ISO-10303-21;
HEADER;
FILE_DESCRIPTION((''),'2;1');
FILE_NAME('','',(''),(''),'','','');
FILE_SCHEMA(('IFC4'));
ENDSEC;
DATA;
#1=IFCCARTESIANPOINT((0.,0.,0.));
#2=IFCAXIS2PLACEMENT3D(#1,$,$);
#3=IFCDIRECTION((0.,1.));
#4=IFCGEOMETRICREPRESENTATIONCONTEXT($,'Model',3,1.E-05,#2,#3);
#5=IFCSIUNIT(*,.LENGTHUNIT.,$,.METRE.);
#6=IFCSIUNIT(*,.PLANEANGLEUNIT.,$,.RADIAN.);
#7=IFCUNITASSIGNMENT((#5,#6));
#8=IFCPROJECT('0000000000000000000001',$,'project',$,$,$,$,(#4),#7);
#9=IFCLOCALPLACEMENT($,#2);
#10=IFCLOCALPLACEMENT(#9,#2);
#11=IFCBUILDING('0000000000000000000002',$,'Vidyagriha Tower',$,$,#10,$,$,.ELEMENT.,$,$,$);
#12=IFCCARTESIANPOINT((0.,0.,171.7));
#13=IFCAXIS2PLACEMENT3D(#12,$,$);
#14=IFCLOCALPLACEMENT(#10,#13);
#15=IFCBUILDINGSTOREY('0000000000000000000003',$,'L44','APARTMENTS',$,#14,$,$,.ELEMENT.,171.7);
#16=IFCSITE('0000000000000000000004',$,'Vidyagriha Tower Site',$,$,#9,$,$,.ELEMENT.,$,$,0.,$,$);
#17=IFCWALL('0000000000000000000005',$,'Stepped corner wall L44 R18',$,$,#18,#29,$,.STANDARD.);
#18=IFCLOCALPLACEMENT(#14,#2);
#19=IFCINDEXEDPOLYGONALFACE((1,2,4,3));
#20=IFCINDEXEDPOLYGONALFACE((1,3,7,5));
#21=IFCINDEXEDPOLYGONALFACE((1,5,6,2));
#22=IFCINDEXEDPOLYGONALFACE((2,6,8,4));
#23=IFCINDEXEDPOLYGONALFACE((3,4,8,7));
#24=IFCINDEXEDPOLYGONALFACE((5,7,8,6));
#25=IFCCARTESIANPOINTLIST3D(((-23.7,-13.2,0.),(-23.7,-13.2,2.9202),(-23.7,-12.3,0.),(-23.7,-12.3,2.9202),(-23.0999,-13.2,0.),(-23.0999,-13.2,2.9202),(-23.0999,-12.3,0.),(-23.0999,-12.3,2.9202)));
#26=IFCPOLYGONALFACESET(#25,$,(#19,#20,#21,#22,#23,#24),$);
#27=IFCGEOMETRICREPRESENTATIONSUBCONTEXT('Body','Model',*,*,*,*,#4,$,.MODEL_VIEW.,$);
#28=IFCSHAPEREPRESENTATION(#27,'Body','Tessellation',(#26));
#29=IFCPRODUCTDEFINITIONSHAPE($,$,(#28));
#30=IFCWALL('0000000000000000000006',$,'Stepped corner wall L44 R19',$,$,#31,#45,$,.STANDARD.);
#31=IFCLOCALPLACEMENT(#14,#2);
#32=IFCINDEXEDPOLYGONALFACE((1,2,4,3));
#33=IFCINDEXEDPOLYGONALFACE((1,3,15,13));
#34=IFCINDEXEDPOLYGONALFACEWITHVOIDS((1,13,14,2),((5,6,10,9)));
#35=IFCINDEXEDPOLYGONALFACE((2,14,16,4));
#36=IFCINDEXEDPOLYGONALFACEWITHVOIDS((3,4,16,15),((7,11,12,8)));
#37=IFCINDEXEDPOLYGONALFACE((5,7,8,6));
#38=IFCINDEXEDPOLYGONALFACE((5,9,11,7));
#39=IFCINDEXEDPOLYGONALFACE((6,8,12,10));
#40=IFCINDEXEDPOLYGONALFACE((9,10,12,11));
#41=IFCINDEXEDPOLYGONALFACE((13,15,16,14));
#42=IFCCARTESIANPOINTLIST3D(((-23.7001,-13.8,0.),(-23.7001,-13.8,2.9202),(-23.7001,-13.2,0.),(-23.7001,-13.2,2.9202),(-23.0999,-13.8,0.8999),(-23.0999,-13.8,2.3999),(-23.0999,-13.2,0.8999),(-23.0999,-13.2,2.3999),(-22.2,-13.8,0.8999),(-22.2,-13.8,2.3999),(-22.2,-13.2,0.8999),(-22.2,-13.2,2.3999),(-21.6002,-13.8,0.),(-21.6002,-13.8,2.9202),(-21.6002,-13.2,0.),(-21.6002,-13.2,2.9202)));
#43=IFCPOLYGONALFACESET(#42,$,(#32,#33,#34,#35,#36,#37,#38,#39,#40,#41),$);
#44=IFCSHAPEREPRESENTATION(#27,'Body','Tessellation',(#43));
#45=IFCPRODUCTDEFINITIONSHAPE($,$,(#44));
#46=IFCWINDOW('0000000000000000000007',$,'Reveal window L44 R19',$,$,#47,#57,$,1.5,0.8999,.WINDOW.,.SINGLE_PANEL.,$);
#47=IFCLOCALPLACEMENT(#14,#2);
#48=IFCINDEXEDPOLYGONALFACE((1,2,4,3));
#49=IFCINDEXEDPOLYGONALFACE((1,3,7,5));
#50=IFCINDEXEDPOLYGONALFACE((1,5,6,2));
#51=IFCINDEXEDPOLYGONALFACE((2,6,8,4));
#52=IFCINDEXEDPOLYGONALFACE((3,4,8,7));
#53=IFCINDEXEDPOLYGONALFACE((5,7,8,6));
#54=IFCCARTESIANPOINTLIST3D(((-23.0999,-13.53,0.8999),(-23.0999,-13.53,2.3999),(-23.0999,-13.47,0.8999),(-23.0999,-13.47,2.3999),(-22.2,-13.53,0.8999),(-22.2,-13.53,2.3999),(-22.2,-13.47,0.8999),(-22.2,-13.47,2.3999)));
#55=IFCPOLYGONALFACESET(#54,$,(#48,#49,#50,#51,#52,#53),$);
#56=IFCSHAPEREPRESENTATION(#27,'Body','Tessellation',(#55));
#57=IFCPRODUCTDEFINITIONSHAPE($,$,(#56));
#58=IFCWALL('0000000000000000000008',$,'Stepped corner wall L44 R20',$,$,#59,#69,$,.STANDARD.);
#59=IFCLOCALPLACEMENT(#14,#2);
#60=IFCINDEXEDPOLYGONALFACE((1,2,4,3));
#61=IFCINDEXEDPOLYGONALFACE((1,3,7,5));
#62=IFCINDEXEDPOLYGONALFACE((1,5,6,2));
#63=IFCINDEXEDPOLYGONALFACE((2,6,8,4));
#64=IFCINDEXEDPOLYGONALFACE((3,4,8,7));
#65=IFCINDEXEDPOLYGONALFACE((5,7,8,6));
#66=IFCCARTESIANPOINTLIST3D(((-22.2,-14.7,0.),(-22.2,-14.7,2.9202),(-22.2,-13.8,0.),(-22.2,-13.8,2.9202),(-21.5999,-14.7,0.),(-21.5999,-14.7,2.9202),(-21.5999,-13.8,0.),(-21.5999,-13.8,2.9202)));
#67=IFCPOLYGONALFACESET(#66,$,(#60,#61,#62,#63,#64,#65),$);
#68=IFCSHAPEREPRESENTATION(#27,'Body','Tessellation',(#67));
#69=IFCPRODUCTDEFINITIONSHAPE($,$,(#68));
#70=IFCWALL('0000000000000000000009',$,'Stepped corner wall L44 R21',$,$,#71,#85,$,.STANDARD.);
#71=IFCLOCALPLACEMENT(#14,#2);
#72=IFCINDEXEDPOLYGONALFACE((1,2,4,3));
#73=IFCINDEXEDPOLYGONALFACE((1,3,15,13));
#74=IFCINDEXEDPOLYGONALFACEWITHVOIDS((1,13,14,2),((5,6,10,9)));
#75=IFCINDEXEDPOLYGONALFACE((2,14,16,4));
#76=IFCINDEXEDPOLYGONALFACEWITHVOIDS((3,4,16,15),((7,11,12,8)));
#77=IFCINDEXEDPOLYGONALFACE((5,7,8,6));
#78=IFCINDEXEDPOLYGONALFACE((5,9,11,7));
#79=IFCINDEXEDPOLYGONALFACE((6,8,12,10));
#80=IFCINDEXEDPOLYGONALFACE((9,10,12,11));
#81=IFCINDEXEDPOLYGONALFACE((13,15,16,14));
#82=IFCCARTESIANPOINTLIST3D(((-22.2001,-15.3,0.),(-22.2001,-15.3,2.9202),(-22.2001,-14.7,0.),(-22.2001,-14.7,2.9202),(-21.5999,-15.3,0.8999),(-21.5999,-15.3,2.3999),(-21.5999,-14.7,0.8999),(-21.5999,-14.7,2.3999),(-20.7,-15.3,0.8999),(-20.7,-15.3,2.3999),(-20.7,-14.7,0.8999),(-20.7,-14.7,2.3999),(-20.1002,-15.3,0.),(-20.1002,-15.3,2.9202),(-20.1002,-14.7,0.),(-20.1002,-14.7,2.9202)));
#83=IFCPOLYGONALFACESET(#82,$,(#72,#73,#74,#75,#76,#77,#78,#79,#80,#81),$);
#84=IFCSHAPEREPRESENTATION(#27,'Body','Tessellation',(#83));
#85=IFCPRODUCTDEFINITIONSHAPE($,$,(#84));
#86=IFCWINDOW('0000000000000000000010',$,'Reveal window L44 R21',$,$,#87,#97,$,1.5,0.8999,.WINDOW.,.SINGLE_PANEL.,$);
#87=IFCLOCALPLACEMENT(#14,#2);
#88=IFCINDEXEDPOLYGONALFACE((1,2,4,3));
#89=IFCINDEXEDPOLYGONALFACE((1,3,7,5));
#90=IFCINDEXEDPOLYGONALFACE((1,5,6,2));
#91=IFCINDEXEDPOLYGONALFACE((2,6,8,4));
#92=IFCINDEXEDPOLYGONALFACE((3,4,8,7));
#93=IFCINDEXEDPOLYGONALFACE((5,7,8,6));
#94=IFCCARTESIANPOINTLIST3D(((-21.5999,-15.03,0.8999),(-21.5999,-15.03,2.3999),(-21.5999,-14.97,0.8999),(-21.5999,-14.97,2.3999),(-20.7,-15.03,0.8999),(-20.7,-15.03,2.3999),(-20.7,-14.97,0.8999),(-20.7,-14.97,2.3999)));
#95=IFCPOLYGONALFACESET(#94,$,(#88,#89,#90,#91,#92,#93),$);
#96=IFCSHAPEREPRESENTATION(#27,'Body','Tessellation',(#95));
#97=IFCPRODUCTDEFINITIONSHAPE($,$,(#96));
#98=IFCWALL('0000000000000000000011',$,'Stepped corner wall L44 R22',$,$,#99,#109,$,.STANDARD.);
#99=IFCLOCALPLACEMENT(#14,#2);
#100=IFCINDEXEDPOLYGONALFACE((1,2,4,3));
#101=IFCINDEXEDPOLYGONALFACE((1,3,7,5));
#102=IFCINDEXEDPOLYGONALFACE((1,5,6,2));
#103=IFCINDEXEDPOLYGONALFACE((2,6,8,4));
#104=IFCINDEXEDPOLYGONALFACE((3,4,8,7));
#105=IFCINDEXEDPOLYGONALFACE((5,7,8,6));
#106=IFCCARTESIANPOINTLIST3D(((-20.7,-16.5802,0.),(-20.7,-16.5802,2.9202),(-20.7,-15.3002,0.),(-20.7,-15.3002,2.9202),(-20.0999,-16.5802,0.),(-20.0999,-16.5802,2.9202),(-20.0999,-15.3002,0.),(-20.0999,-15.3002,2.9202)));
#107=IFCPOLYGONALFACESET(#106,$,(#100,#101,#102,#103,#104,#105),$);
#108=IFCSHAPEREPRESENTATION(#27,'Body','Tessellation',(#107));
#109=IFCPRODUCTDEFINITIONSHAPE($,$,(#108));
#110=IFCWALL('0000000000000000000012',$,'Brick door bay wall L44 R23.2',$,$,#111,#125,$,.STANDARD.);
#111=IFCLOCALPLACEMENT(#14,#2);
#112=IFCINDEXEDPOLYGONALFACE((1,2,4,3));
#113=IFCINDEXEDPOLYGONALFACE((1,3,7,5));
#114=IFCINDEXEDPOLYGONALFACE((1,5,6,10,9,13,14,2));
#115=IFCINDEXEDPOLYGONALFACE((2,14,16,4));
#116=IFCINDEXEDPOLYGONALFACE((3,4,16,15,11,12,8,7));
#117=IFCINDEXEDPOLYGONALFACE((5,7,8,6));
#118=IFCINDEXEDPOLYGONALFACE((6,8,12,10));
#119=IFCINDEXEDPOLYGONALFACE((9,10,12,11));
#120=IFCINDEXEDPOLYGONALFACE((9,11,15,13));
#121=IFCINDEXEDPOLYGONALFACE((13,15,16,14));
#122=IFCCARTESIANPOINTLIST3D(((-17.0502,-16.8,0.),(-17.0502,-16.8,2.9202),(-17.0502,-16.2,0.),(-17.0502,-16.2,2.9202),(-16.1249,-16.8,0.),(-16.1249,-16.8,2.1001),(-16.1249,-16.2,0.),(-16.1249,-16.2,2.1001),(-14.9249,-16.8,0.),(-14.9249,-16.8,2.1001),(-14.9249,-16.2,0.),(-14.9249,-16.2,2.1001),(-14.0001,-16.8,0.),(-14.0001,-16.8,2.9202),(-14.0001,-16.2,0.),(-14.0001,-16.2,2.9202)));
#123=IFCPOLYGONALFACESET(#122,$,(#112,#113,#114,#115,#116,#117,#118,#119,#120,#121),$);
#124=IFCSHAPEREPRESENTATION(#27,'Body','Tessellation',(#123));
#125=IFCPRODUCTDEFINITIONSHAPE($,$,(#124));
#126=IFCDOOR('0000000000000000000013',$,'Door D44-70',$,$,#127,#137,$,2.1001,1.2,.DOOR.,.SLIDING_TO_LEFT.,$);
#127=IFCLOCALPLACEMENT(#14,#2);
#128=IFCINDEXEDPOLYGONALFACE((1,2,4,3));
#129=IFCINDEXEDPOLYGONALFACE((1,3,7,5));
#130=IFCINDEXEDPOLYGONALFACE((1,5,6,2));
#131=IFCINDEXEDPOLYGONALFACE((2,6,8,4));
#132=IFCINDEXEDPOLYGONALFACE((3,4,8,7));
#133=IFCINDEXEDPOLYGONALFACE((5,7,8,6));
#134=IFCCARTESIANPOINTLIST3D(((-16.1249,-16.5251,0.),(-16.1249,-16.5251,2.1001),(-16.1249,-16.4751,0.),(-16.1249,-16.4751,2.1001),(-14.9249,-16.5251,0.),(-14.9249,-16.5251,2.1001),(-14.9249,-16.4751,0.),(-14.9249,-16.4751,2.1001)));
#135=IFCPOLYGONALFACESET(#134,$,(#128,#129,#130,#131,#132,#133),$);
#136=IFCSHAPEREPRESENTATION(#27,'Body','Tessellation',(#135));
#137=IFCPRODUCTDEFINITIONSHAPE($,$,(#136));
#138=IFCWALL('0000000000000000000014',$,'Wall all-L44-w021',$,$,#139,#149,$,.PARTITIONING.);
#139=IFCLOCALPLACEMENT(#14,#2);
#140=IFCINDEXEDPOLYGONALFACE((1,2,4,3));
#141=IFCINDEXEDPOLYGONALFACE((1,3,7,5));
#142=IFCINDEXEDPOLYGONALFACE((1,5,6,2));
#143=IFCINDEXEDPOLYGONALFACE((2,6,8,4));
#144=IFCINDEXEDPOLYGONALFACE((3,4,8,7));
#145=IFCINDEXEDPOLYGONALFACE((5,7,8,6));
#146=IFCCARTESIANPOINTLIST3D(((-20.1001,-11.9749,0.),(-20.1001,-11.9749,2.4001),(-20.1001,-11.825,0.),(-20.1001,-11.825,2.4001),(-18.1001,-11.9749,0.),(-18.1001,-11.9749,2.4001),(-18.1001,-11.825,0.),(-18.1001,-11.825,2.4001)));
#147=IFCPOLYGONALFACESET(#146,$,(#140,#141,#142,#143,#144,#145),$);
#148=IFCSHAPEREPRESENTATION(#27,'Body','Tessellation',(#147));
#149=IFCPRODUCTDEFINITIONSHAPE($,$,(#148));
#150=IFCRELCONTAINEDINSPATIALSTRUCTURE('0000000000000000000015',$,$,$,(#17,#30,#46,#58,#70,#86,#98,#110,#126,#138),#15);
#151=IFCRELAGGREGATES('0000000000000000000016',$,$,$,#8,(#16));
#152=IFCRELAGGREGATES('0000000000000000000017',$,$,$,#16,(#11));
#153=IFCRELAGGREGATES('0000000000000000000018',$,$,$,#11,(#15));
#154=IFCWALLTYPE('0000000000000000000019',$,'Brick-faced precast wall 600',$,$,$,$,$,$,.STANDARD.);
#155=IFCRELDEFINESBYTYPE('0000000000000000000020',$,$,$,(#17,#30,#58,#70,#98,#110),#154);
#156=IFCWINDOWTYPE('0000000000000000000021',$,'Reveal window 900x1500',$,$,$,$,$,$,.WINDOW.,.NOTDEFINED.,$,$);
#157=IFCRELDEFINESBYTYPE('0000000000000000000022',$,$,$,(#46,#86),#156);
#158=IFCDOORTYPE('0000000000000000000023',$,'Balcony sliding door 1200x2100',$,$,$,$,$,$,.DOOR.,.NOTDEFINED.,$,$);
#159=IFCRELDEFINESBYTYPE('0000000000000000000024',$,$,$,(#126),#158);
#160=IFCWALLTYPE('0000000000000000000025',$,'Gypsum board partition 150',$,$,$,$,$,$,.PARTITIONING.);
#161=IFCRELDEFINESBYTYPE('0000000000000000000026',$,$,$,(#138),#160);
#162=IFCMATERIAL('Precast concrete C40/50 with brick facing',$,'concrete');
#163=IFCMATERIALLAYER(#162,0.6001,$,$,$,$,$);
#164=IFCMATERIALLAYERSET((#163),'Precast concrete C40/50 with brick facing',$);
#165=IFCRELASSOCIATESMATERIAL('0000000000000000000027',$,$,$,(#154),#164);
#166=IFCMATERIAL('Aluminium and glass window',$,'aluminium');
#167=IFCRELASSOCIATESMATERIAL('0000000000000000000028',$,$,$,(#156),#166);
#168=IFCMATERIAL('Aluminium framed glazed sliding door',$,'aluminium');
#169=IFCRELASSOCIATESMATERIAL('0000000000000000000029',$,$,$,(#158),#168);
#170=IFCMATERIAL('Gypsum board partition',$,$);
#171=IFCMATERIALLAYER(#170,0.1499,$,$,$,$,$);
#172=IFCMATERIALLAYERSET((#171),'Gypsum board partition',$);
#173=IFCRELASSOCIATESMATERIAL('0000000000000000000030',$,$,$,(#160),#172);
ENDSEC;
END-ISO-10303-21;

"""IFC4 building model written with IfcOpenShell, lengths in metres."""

from ifc_helpers import new_model, si_unit, direction, frame, frame_2d, origin, place, context, subcontext, project, spatial, rectangle, extrude, material, layer, layer_set, type_object, element, fill, save


model = new_model("IFC4")

# Units and contexts
model_context = context("Model", 3, precision=1e-05, world=origin(), true_north=direction((0.0, 1.0)))
body_context = subcontext(model_context, "Body", "Model", "MODEL_VIEW")
ifc_project = project(units=[si_unit("LENGTHUNIT", "METRE"), si_unit("PLANEANGLEUNIT", "RADIAN")], contexts=[model_context])

# Site, building, storey
site_placement = place(None, origin())
site = spatial("IfcSite", under=ifc_project, at=site_placement, Name="Vidyagriha Tower Site", CompositionType="ELEMENT", RefElevation=0.0)
building_placement = place(site_placement, origin())
building = spatial("IfcBuilding", under=site, at=building_placement, Name="Vidyagriha Tower", CompositionType="ELEMENT")
storey_placement = place(building_placement, frame((0.0, 0.0, 171.7)))
storey = spatial("IfcBuildingStorey", under=building, at=storey_placement, Name="L44", Description="APARTMENTS", CompositionType="ELEMENT", Elevation=171.7)

# Shared definitions
ifc_material_1 = material(Name="Precast concrete C40/50 with brick facing", Category="concrete")
ifc_layer_1 = layer(ifc_material_1, 0.6001)
ifc_layer_set_1 = layer_set([ifc_layer_1], Name="Precast concrete C40/50 with brick facing")
wall_type_1 = type_object("IfcWallType", Name="Brick-faced precast wall 600", PredefinedType="STANDARD", material=ifc_layer_set_1)
ifc_material_2 = material(Name="Aluminium and glass window", Category="aluminium")
window_type = type_object("IfcWindowType", Name="Reveal window 900x1500", PartitioningType="NOTDEFINED", PredefinedType="WINDOW", material=ifc_material_2)

# Wall
wall_1_placement = place(storey_placement, frame((-23.3999, -12.3, 0.0), z_axis=(0.0, 0.0, 1.0), x_axis=(0.0, -1.0, 0.0)))
element("IfcWall", 1, at=wall_1_placement, inside=storey, type_object=wall_type_1, Name="Stepped corner wall L44 R18", PredefinedType="STANDARD", context=body_context, shape_type="SweptSolid", body=[
    extrude(rectangle(XDim=0.8999, YDim=0.6001, at=frame_2d((0.45, 0.0))), origin(), (0.0, 0.0, 1.0), 2.9202),
])

# Wall, opening, window
wall_2_placement = place(storey_placement, frame((-23.7, -13.5, 0.0)))
wall_2 = element("IfcWall", 2, at=wall_2_placement, inside=storey, type_object=wall_type_1, Name="Stepped corner wall L44 R19", PredefinedType="STANDARD", context=body_context, shape_type="SweptSolid", body=[
    extrude(rectangle(XDim=2.0999, YDim=0.6001, at=frame_2d((1.0498, 0.0))), origin(), (0.0, 0.0, 1.0), 2.9202),
])
opening_1_placement = place(wall_2_placement, frame((0.6001, 0.0, 0.8999)))
opening_1 = element("IfcOpeningElement", 3, at=opening_1_placement, cuts=wall_2, PredefinedType="OPENING", context=body_context, shape_type="SweptSolid", body=[
    extrude(rectangle(XDim=0.8999, YDim=1.5, at=frame_2d((0.45, 0.75))), frame((0.0, 0.3101, 0.0), z_axis=(0.0, -1.0, 0.0), x_axis=(1.0, 0.0, 0.0)), (0.0, 0.0, 1.0), 0.6201),
])
window_1_placement = place(opening_1_placement, origin())
window_1 = element("IfcWindow", 4, at=window_1_placement, inside=storey, type_object=window_type, Name="Reveal window L44 R19", OverallHeight=1.5, OverallWidth=0.8999, PartitioningType="SINGLE_PANEL", PredefinedType="WINDOW", context=body_context, shape_type="SweptSolid", body=[
    extrude(rectangle(XDim=0.8999, YDim=1.5, at=frame_2d((0.45, 0.75))), frame((0.0, 0.03, 0.0), z_axis=(0.0, -1.0, 0.0), x_axis=(1.0, 0.0, 0.0)), (0.0, 0.0, 1.0), 0.0601),
])
fill(opening_1, window_1)

# Wall
wall_3_placement = place(storey_placement, frame((-21.8999, -13.8, 0.0), z_axis=(0.0, 0.0, 1.0), x_axis=(0.0, -1.0, 0.0)))
element("IfcWall", 5, at=wall_3_placement, inside=storey, type_object=wall_type_1, Name="Stepped corner wall L44 R20", PredefinedType="STANDARD", context=body_context, shape_type="SweptSolid", body=[
    extrude(rectangle(XDim=0.8999, YDim=0.6001, at=frame_2d((0.45, 0.0))), origin(), (0.0, 0.0, 1.0), 2.9202),
])

# Wall, opening, window
wall_4_placement = place(storey_placement, frame((-22.2, -15.0, 0.0)))
wall_4 = element("IfcWall", 6, at=wall_4_placement, inside=storey, type_object=wall_type_1, Name="Stepped corner wall L44 R21", PredefinedType="STANDARD", context=body_context, shape_type="SweptSolid", body=[
    extrude(rectangle(XDim=2.0999, YDim=0.6001, at=frame_2d((1.0498, 0.0))), origin(), (0.0, 0.0, 1.0), 2.9202),
])
opening_2_placement = place(wall_4_placement, frame((0.6001, 0.0, 0.8999)))
opening_2 = element("IfcOpeningElement", 7, at=opening_2_placement, cuts=wall_4, PredefinedType="OPENING", context=body_context, shape_type="SweptSolid", body=[
    extrude(rectangle(XDim=0.8999, YDim=1.5, at=frame_2d((0.45, 0.75))), frame((0.0, 0.3101, 0.0), z_axis=(0.0, -1.0, 0.0), x_axis=(1.0, 0.0, 0.0)), (0.0, 0.0, 1.0), 0.6201),
])
window_2_placement = place(opening_2_placement, origin())
window_2 = element("IfcWindow", 8, at=window_2_placement, inside=storey, type_object=window_type, Name="Reveal window L44 R21", OverallHeight=1.5, OverallWidth=0.8999, PartitioningType="SINGLE_PANEL", PredefinedType="WINDOW", context=body_context, shape_type="SweptSolid", body=[
    extrude(rectangle(XDim=0.8999, YDim=1.5, at=frame_2d((0.45, 0.75))), frame((0.0, 0.03, 0.0), z_axis=(0.0, -1.0, 0.0), x_axis=(1.0, 0.0, 0.0)), (0.0, 0.0, 1.0), 0.0601),
])
fill(opening_2, window_2)

# Wall
wall_5_placement = place(storey_placement, frame((-20.3999, -15.3, 0.0), z_axis=(0.0, 0.0, 1.0), x_axis=(0.0, -1.0, 0.0)))
element("IfcWall", 9, at=wall_5_placement, inside=storey, type_object=wall_type_1, Name="Stepped corner wall L44 R22", PredefinedType="STANDARD", context=body_context, shape_type="SweptSolid", body=[
    extrude(rectangle(XDim=1.28, YDim=0.6001, at=frame_2d((0.6401, 0.0))), origin(), (0.0, 0.0, 1.0), 2.9202),
])

# Wall, opening, door
wall_6_placement = place(storey_placement, frame((-17.05, -16.5, 0.0)))
wall_6 = element("IfcWall", 10, at=wall_6_placement, inside=storey, type_object=wall_type_1, Name="Brick door bay wall L44 R23.2", PredefinedType="STANDARD", context=body_context, shape_type="SweptSolid", body=[
    extrude(rectangle(XDim=3.05, YDim=0.6001, at=frame_2d((1.5249, 0.0))), origin(), (0.0, 0.0, 1.0), 2.9202),
])
opening_3_placement = place(wall_6_placement, frame((0.925, 0.0, 0.0)))
opening_3 = element("IfcOpeningElement", 11, at=opening_3_placement, cuts=wall_6, PredefinedType="OPENING", context=body_context, shape_type="SweptSolid", body=[
    extrude(rectangle(XDim=1.2, YDim=2.1001, at=frame_2d((0.6001, 1.05))), frame((0.0, 0.3101, 0.0), z_axis=(0.0, -1.0, 0.0), x_axis=(1.0, 0.0, 0.0)), (0.0, 0.0, 1.0), 0.6201),
])
ifc_material_3 = material(Name="Aluminium framed glazed sliding door", Category="aluminium")
door_type = type_object("IfcDoorType", Name="Balcony sliding door 1200x2100", OperationType="NOTDEFINED", PredefinedType="DOOR", material=ifc_material_3)
door_placement = place(opening_3_placement, origin())
door = element("IfcDoor", 12, at=door_placement, inside=storey, type_object=door_type, Name="Door D44-70", OperationType="SLIDING_TO_LEFT", OverallHeight=2.1001, OverallWidth=1.2, PredefinedType="DOOR", context=body_context, shape_type="SweptSolid", body=[
    extrude(rectangle(XDim=1.2, YDim=2.1001, at=frame_2d((0.6001, 1.05))), frame((0.0, 0.0249, 0.0), z_axis=(0.0, -1.0, 0.0), x_axis=(1.0, 0.0, 0.0)), (0.0, 0.0, 1.0), 0.05),
])
fill(opening_3, door)

# Wall
ifc_material_4 = material(Name="Gypsum board partition")
ifc_layer_2 = layer(ifc_material_4, 0.1499)
ifc_layer_set_2 = layer_set([ifc_layer_2], Name="Gypsum board partition")
wall_type_2 = type_object("IfcWallType", Name="Gypsum board partition 150", PredefinedType="PARTITIONING", material=ifc_layer_set_2)
wall_7_placement = place(storey_placement, frame((-18.1001, -11.8999, 0.0), z_axis=(0.0, 0.0, 1.0), x_axis=(-1.0, 0.0, 0.0)))
element("IfcWall", 13, at=wall_7_placement, inside=storey, type_object=wall_type_2, Name="Wall all-L44-w021", PredefinedType="PARTITIONING", context=body_context, shape_type="SweptSolid", body=[
    extrude(rectangle(XDim=2.0, YDim=0.1499, at=frame_2d((1.0, 0.0))), origin(), (0.0, 0.0, 1.0), 2.4001),
])

save(model, "model.ifc")
